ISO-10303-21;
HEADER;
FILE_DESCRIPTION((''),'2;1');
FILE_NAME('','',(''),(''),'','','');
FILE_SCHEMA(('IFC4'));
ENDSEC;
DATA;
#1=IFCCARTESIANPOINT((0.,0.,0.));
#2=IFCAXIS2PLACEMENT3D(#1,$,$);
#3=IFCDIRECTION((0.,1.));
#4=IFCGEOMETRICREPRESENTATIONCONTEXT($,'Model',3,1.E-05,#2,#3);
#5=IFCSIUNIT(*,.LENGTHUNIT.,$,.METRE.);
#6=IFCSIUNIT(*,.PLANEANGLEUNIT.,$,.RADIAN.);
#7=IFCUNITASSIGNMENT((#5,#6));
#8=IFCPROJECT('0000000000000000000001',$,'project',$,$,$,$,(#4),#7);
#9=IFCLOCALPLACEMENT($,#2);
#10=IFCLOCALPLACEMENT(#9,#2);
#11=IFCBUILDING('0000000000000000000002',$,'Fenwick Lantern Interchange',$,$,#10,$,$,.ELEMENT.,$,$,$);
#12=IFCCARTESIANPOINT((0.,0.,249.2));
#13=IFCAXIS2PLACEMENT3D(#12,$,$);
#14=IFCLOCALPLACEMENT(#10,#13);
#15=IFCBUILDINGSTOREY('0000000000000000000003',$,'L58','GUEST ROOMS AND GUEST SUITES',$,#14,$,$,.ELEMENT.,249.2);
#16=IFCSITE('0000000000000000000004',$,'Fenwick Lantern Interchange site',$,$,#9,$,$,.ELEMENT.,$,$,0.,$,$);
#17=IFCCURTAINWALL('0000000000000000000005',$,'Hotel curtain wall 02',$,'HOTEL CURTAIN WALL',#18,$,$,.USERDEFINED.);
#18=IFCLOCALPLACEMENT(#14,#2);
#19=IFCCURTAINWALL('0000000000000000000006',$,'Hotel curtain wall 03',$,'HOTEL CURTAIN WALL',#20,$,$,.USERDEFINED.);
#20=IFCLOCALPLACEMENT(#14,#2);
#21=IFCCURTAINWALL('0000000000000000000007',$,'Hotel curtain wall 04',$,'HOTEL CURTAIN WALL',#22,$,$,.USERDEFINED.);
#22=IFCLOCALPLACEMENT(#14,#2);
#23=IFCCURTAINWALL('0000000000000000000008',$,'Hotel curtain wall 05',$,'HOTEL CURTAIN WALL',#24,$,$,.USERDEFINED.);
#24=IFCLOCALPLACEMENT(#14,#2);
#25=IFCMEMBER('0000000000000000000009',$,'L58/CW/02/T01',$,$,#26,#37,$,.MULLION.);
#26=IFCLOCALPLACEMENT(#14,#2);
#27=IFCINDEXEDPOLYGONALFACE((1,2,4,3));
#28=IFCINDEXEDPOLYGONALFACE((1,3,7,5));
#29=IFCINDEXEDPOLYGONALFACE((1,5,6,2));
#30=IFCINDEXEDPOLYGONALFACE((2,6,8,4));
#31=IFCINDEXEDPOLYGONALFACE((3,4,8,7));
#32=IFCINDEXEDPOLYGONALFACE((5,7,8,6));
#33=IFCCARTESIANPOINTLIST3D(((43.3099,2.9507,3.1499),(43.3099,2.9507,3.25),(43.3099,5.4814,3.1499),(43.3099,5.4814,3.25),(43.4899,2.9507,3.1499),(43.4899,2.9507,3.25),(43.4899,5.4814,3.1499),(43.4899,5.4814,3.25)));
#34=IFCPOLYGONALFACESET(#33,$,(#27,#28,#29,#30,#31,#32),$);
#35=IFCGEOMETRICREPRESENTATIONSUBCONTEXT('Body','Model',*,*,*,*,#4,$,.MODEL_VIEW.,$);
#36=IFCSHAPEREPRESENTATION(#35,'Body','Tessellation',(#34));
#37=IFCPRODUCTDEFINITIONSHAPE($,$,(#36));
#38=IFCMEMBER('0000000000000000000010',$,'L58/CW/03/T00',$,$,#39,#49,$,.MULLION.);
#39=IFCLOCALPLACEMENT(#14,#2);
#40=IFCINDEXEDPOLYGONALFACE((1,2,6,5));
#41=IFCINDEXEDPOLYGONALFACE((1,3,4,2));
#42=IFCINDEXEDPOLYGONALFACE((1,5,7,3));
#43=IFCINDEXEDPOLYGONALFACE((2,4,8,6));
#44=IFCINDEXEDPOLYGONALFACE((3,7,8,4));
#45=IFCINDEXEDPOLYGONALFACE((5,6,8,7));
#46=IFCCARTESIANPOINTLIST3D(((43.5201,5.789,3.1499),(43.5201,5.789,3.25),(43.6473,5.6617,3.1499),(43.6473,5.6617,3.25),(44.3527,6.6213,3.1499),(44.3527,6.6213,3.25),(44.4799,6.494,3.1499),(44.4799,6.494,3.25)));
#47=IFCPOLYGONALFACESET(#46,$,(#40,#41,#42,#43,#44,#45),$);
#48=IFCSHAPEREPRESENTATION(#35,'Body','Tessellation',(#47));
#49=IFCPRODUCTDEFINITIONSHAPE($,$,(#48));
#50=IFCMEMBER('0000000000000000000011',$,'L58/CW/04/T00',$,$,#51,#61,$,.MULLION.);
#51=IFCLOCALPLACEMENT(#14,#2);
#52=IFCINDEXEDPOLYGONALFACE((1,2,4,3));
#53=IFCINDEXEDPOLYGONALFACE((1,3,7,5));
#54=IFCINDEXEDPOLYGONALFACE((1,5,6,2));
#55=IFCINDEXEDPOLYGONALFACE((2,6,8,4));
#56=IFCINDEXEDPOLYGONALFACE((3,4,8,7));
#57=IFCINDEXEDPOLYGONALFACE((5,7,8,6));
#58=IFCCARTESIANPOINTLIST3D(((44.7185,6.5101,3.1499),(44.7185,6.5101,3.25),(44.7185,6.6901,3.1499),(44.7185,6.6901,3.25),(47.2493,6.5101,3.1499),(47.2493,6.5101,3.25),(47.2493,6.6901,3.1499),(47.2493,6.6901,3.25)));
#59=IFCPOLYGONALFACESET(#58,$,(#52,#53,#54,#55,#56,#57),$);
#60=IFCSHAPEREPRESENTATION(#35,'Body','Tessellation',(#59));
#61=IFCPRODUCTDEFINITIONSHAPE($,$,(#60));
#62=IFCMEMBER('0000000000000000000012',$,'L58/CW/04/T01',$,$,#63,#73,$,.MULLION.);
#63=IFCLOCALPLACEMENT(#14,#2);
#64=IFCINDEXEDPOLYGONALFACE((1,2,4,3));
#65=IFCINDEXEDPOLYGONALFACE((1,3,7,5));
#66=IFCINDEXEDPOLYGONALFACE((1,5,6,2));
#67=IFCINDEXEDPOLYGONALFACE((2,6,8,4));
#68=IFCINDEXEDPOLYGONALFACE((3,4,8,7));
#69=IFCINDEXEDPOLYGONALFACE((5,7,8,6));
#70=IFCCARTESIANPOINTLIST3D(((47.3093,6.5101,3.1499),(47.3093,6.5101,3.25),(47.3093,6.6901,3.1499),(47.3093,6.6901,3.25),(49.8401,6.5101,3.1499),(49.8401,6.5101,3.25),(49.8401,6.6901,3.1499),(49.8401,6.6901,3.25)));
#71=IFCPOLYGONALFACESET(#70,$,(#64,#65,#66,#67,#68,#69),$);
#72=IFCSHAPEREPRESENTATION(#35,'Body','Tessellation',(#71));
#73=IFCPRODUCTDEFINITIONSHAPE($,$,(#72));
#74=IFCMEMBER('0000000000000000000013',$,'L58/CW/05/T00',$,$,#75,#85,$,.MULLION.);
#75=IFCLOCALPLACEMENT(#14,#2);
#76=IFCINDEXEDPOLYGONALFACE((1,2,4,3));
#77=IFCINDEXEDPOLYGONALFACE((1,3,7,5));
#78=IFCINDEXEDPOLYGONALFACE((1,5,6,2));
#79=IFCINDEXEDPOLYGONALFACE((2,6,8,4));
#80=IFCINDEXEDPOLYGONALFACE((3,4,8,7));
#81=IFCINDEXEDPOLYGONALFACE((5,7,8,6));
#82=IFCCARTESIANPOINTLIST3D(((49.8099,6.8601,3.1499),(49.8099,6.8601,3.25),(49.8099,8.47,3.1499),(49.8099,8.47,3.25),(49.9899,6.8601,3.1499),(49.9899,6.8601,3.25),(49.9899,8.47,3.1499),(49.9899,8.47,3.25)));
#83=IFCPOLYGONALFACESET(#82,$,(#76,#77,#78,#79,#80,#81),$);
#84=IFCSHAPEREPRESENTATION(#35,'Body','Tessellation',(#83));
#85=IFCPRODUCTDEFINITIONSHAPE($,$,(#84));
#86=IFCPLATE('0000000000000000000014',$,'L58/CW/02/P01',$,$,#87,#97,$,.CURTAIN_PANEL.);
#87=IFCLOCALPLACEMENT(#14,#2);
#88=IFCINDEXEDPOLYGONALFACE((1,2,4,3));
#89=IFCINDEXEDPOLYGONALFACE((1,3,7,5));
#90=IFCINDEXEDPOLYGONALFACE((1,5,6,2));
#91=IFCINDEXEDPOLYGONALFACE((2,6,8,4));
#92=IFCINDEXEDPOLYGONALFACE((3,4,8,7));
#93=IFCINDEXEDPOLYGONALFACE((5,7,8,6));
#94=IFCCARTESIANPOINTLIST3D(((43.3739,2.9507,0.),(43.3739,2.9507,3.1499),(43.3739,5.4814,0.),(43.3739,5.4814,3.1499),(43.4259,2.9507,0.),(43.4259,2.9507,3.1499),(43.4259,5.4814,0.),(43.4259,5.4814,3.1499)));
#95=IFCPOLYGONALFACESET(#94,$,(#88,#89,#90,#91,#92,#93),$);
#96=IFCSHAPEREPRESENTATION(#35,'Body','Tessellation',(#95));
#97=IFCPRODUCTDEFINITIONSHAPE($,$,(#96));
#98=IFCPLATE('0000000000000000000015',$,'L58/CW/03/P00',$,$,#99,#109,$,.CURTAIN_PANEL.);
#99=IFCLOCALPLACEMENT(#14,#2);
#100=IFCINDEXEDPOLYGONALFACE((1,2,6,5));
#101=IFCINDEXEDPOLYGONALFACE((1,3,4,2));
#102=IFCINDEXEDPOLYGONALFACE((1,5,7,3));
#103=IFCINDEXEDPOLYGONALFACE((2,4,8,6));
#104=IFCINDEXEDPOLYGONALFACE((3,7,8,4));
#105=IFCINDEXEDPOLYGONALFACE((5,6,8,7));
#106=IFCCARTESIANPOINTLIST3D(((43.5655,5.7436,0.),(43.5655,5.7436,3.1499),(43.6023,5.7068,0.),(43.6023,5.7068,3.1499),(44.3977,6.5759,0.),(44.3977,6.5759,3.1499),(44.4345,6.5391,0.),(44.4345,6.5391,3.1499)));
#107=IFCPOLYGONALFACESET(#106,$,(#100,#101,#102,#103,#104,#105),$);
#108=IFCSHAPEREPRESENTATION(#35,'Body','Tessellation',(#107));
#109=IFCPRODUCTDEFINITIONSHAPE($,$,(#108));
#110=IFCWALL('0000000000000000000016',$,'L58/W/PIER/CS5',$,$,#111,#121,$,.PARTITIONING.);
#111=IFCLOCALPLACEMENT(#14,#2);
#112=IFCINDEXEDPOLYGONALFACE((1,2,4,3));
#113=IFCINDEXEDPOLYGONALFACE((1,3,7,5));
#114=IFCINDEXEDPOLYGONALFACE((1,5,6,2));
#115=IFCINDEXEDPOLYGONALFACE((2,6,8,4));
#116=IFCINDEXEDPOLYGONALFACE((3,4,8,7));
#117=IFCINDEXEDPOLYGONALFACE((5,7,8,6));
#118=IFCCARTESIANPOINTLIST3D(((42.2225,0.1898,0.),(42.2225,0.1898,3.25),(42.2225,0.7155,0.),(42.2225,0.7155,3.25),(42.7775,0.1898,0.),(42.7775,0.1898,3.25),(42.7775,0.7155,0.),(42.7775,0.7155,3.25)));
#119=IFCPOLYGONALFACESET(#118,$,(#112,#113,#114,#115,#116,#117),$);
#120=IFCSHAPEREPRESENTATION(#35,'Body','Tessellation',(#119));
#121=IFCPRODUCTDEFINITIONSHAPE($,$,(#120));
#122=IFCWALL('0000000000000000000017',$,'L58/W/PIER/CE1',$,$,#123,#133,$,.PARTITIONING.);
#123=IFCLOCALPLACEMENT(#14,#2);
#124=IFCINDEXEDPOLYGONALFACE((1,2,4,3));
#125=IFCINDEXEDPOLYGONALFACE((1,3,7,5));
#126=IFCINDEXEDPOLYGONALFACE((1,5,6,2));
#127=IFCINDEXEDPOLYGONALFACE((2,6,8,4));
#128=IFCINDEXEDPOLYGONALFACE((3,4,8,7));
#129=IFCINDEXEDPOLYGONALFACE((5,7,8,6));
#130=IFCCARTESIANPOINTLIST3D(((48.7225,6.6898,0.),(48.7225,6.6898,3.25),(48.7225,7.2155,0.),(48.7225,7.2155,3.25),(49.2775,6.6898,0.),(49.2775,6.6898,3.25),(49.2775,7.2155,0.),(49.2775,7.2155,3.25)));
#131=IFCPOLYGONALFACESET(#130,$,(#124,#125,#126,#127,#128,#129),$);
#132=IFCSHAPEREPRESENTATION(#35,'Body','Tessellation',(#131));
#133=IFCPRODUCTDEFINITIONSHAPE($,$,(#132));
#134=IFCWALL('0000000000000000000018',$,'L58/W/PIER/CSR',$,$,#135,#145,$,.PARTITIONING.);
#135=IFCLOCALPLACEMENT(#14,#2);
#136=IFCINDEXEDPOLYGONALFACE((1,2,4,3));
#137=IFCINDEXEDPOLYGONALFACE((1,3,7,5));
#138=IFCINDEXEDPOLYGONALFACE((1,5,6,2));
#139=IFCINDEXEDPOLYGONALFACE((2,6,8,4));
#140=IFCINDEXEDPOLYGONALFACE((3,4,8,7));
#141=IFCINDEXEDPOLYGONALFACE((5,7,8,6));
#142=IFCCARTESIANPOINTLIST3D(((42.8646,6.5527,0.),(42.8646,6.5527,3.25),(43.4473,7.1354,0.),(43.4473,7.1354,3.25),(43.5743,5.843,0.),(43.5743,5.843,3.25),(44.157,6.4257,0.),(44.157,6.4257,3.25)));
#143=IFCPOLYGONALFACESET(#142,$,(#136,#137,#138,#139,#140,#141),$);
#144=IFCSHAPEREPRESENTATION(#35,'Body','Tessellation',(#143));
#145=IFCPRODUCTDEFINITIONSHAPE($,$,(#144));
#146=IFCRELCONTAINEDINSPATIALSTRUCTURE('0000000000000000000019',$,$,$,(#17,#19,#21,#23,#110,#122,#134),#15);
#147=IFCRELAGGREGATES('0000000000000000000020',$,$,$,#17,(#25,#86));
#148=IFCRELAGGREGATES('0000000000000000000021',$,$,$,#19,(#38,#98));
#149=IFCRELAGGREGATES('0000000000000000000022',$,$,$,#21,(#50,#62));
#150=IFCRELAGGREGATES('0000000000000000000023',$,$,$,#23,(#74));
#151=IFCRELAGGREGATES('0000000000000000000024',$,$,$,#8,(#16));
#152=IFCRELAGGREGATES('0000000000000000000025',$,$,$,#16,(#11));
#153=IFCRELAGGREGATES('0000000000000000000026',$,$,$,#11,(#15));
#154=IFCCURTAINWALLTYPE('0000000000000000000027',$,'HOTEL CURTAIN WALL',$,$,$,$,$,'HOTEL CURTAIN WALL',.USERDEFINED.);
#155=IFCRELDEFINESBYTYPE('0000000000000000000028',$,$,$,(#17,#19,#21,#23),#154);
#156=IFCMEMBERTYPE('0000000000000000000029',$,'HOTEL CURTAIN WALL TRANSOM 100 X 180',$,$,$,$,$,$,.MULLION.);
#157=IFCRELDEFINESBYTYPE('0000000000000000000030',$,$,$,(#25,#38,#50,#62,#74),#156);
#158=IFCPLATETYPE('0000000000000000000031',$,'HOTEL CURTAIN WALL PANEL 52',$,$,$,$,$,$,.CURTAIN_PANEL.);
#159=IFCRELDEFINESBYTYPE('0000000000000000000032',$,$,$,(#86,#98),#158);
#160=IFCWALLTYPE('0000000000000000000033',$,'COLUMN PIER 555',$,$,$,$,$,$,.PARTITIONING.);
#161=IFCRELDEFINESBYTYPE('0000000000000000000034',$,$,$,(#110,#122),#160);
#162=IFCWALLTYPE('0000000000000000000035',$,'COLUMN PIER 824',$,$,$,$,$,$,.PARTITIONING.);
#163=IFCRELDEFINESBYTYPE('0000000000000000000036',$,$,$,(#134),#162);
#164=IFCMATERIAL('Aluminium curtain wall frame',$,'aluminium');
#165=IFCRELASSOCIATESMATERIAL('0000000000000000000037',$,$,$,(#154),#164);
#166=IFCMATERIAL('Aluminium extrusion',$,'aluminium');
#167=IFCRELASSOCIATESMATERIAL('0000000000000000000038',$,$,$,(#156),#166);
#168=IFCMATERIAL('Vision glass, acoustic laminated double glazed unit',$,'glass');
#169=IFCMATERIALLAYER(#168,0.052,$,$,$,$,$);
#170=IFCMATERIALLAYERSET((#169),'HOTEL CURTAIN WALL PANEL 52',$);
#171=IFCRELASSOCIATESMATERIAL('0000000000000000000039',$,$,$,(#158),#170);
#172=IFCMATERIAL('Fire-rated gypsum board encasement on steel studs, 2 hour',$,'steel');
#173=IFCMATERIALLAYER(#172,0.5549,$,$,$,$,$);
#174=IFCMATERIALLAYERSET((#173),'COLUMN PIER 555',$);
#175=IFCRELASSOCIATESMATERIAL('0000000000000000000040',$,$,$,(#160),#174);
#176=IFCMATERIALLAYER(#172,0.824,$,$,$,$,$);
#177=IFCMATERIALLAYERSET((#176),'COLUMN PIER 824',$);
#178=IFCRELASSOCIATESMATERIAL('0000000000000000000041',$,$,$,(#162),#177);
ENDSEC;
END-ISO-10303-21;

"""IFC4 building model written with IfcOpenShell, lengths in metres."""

from ifc_helpers import new_model, si_unit, direction, frame, frame_2d, origin, origin_2d, place, context, subcontext, project, spatial, rectangle, extrude, material, layer, layer_set, material_profile, profile_set, type_object, element, aggregate, save


model = new_model("IFC4")

# Units and contexts
model_context = context("Model", 3, precision=1e-05, world=origin(), true_north=direction((0.0, 1.0)))
body_context = subcontext(model_context, "Body", "Model", "MODEL_VIEW")
ifc_project = project(units=[si_unit("LENGTHUNIT", "METRE"), si_unit("PLANEANGLEUNIT", "RADIAN")], contexts=[model_context])

# Site, building, storey
site_placement = place(None, origin())
site = spatial("IfcSite", under=ifc_project, at=site_placement, Name="Fenwick Lantern Interchange site", CompositionType="ELEMENT", RefElevation=0.0)
building_placement = place(site_placement, origin())
building = spatial("IfcBuilding", under=site, at=building_placement, Name="Fenwick Lantern Interchange", CompositionType="ELEMENT")
storey_placement = place(building_placement, frame((0.0, 0.0, 249.2)))
storey = spatial("IfcBuildingStorey", under=building, at=storey_placement, Name="L58", Description="GUEST ROOMS AND GUEST SUITES", CompositionType="ELEMENT", Elevation=249.2)

# Shared definitions
ifc_material_1 = material(Name="Aluminium curtain wall frame", Category="aluminium")
curtain_wall_type = type_object("IfcCurtainWallType", Name="HOTEL CURTAIN WALL", ElementType="HOTEL CURTAIN WALL", PredefinedType="USERDEFINED", material=ifc_material_1)
ifc_material_2 = material(Name="Aluminium extrusion", Category="aluminium")

# Curtain walls
curtain_wall_1_placement = place(storey_placement, origin())
curtain_wall_1 = element("IfcCurtainWall", 1, at=curtain_wall_1_placement, inside=storey, type_object=curtain_wall_type, Name="Hotel curtain wall 02", ObjectType="HOTEL CURTAIN WALL", PredefinedType="USERDEFINED")
curtain_wall_2_placement = place(storey_placement, origin())
curtain_wall_2 = element("IfcCurtainWall", 2, at=curtain_wall_2_placement, inside=storey, type_object=curtain_wall_type, Name="Hotel curtain wall 03", ObjectType="HOTEL CURTAIN WALL", PredefinedType="USERDEFINED")
curtain_wall_3_placement = place(storey_placement, origin())
curtain_wall_3 = element("IfcCurtainWall", 3, at=curtain_wall_3_placement, inside=storey, type_object=curtain_wall_type, Name="Hotel curtain wall 04", ObjectType="HOTEL CURTAIN WALL", PredefinedType="USERDEFINED")

# Curtain wall
curtain_wall_4_placement = place(storey_placement, origin())
curtain_wall_4 = element("IfcCurtainWall", 4, at=curtain_wall_4_placement, inside=storey, type_object=curtain_wall_type, Name="Hotel curtain wall 05", ObjectType="HOTEL CURTAIN WALL", PredefinedType="USERDEFINED")

# Members
ifc_material_profile_1 = material_profile(ifc_material_2, rectangle(XDim=0.1799, YDim=0.1001, at=origin_2d()), Name="HOTEL CURTAIN WALL TRANSOM 100 X 180")
ifc_profile_set_1 = profile_set([ifc_material_profile_1], Name="Aluminium extrusion")
member_type_1 = type_object("IfcMemberType", Name="HOTEL CURTAIN WALL TRANSOM 100 X 180", PredefinedType="MULLION", material=ifc_profile_set_1)
member_1_placement = place(storey_placement, frame((43.3999, 2.9507, 3.2), z_axis=(0.0, 1.0, 0.0), x_axis=(-1.0, 0.0, 0.0)))
member_1 = element("IfcMember", 5, at=member_1_placement, type_object=member_type_1, Name="L58/CW/02/T01", PredefinedType="MULLION", context=body_context, shape_type="SweptSolid", body=[
    extrude(rectangle(XDim=0.1799, YDim=0.1001, at=origin_2d()), origin(), (0.0, 0.0, 1.0), 2.5308),
])
member_2_placement = place(storey_placement, frame((43.5837, 5.7253, 3.2), z_axis=(0.70721, 0.707003, 0.0), x_axis=(-0.707003, 0.70721, 0.0)))
member_2 = element("IfcMember", 6, at=member_2_placement, type_object=member_type_1, Name="L58/CW/03/T00", PredefinedType="MULLION", context=body_context, shape_type="SweptSolid", body=[
    extrude(rectangle(XDim=0.1799, YDim=0.1001, at=origin_2d()), origin(), (0.0, 0.0, 1.0), 1.1772),
])
member_3_placement = place(storey_placement, frame((44.7185, 6.6001, 3.2), z_axis=(1.0, 0.0, 0.0), x_axis=(0.0, 1.0, 0.0)))
member_3 = element("IfcMember", 7, at=member_3_placement, type_object=member_type_1, Name="L58/CW/04/T00", PredefinedType="MULLION", context=body_context, shape_type="SweptSolid", body=[
    extrude(rectangle(XDim=0.1799, YDim=0.1001, at=origin_2d()), origin(), (0.0, 0.0, 1.0), 2.5308),
])
member_4_placement = place(storey_placement, frame((47.3093, 6.6001, 3.2), z_axis=(1.0, 0.0, 0.0), x_axis=(0.0, 1.0, 0.0)))
member_4 = element("IfcMember", 8, at=member_4_placement, type_object=member_type_1, Name="L58/CW/04/T01", PredefinedType="MULLION", context=body_context, shape_type="SweptSolid", body=[
    extrude(rectangle(XDim=0.1799, YDim=0.1001, at=origin_2d()), origin(), (0.0, 0.0, 1.0), 2.5308),
])
member_5_placement = place(storey_placement, frame((49.8999, 6.8601, 3.2), z_axis=(0.0, 1.0, 0.0), x_axis=(-1.0, 0.0, 0.0)))
member_5 = element("IfcMember", 9, at=member_5_placement, type_object=member_type_1, Name="L58/CW/05/T00", PredefinedType="MULLION", context=body_context, shape_type="SweptSolid", body=[
    extrude(rectangle(XDim=0.1799, YDim=0.1001, at=origin_2d()), origin(), (0.0, 0.0, 1.0), 1.6099),
])

# Plates
ifc_material_3 = material(Name="Vision glass, acoustic laminated double glazed unit", Category="glass")
ifc_layer_1 = layer(ifc_material_3, 0.052)
ifc_layer_set_1 = layer_set([ifc_layer_1], Name="HOTEL CURTAIN WALL PANEL 52")
plate_type = type_object("IfcPlateType", Name="HOTEL CURTAIN WALL PANEL 52", PredefinedType="CURTAIN_PANEL", material=ifc_layer_set_1)
plate_1_placement = place(storey_placement, frame((43.3999, 4.2161, 0.0), z_axis=(0.0, 0.0, 1.0), x_axis=(0.0, 1.0, 0.0)))
plate_1 = element("IfcPlate", 10, at=plate_1_placement, type_object=plate_type, Name="L58/CW/02/P01", PredefinedType="CURTAIN_PANEL", context=body_context, shape_type="SweptSolid", body=[
    extrude(rectangle(XDim=2.5308, YDim=0.052, at=origin_2d()), origin(), (0.0, 0.0, 1.0), 3.1499),
])
aggregate(curtain_wall_1, [member_1, plate_1])
plate_2_placement = place(storey_placement, frame((44.0, 6.1414, 0.0), z_axis=(0.0, 0.0, 1.0), x_axis=(0.707107, 0.707107, 0.0)))
plate_2 = element("IfcPlate", 11, at=plate_2_placement, type_object=plate_type, Name="L58/CW/03/P00", PredefinedType="CURTAIN_PANEL", context=body_context, shape_type="SweptSolid", body=[
    extrude(rectangle(XDim=1.177, YDim=0.052, at=origin_2d()), origin(), (0.0, 0.0, 1.0), 3.1499),
])
aggregate(curtain_wall_2, [member_2, plate_2])
aggregate(curtain_wall_3, [member_3, member_4])
aggregate(curtain_wall_4, [member_5])

# Walls
ifc_material_4 = material(Name="Fire-rated gypsum board encasement on steel studs, 2 hour", Category="steel")
ifc_layer_2 = layer(ifc_material_4, 0.5549)
ifc_layer_set_2 = layer_set([ifc_layer_2], Name="COLUMN PIER 555")
wall_type_1 = type_object("IfcWallType", Name="COLUMN PIER 555", PredefinedType="PARTITIONING", material=ifc_layer_set_2)
for number, where, z_axis, x_axis, name in (
    (12, (42.5, 0.1899, 0.0), (0.0, 0.0, 1.0), (0.0, 1.0, 0.0), "L58/W/PIER/CS5"),
    (13, (49.0, 6.6899, 0.0), (0.0, 0.0, 1.0), (0.0, 1.0, 0.0), "L58/W/PIER/CE1"),
):
    element("IfcWall", number, at=place(storey_placement, frame(where, z_axis=z_axis, x_axis=x_axis)), inside=storey, type_object=wall_type_1, Name=name, PredefinedType="PARTITIONING", context=body_context, shape_type="SweptSolid", body=[
        extrude(rectangle(XDim=0.5256, YDim=0.5549, at=frame_2d((0.2627, 0.0))), origin(), (0.0, 0.0, 1.0), 3.25),
    ])
ifc_layer_3 = layer(ifc_material_4, 0.824)
ifc_layer_set_3 = layer_set([ifc_layer_3], Name="COLUMN PIER 824")
wall_type_2 = type_object("IfcWallType", Name="COLUMN PIER 824", PredefinedType="PARTITIONING", material=ifc_layer_set_3)
wall_placement = place(storey_placement, frame((43.8657, 6.1343, 0.0), z_axis=(0.0, 0.0, 1.0), x_axis=(-0.707107, 0.707107, 0.0)))
element("IfcWall", 14, at=wall_placement, inside=storey, type_object=wall_type_2, Name="L58/W/PIER/CSR", PredefinedType="PARTITIONING", context=body_context, shape_type="SweptSolid", body=[
    extrude(rectangle(XDim=1.0037, YDim=0.824, at=frame_2d((0.502, 0.0))), origin(), (0.0, 0.0, 1.0), 3.25),
])

save(model, "model.ifc")
